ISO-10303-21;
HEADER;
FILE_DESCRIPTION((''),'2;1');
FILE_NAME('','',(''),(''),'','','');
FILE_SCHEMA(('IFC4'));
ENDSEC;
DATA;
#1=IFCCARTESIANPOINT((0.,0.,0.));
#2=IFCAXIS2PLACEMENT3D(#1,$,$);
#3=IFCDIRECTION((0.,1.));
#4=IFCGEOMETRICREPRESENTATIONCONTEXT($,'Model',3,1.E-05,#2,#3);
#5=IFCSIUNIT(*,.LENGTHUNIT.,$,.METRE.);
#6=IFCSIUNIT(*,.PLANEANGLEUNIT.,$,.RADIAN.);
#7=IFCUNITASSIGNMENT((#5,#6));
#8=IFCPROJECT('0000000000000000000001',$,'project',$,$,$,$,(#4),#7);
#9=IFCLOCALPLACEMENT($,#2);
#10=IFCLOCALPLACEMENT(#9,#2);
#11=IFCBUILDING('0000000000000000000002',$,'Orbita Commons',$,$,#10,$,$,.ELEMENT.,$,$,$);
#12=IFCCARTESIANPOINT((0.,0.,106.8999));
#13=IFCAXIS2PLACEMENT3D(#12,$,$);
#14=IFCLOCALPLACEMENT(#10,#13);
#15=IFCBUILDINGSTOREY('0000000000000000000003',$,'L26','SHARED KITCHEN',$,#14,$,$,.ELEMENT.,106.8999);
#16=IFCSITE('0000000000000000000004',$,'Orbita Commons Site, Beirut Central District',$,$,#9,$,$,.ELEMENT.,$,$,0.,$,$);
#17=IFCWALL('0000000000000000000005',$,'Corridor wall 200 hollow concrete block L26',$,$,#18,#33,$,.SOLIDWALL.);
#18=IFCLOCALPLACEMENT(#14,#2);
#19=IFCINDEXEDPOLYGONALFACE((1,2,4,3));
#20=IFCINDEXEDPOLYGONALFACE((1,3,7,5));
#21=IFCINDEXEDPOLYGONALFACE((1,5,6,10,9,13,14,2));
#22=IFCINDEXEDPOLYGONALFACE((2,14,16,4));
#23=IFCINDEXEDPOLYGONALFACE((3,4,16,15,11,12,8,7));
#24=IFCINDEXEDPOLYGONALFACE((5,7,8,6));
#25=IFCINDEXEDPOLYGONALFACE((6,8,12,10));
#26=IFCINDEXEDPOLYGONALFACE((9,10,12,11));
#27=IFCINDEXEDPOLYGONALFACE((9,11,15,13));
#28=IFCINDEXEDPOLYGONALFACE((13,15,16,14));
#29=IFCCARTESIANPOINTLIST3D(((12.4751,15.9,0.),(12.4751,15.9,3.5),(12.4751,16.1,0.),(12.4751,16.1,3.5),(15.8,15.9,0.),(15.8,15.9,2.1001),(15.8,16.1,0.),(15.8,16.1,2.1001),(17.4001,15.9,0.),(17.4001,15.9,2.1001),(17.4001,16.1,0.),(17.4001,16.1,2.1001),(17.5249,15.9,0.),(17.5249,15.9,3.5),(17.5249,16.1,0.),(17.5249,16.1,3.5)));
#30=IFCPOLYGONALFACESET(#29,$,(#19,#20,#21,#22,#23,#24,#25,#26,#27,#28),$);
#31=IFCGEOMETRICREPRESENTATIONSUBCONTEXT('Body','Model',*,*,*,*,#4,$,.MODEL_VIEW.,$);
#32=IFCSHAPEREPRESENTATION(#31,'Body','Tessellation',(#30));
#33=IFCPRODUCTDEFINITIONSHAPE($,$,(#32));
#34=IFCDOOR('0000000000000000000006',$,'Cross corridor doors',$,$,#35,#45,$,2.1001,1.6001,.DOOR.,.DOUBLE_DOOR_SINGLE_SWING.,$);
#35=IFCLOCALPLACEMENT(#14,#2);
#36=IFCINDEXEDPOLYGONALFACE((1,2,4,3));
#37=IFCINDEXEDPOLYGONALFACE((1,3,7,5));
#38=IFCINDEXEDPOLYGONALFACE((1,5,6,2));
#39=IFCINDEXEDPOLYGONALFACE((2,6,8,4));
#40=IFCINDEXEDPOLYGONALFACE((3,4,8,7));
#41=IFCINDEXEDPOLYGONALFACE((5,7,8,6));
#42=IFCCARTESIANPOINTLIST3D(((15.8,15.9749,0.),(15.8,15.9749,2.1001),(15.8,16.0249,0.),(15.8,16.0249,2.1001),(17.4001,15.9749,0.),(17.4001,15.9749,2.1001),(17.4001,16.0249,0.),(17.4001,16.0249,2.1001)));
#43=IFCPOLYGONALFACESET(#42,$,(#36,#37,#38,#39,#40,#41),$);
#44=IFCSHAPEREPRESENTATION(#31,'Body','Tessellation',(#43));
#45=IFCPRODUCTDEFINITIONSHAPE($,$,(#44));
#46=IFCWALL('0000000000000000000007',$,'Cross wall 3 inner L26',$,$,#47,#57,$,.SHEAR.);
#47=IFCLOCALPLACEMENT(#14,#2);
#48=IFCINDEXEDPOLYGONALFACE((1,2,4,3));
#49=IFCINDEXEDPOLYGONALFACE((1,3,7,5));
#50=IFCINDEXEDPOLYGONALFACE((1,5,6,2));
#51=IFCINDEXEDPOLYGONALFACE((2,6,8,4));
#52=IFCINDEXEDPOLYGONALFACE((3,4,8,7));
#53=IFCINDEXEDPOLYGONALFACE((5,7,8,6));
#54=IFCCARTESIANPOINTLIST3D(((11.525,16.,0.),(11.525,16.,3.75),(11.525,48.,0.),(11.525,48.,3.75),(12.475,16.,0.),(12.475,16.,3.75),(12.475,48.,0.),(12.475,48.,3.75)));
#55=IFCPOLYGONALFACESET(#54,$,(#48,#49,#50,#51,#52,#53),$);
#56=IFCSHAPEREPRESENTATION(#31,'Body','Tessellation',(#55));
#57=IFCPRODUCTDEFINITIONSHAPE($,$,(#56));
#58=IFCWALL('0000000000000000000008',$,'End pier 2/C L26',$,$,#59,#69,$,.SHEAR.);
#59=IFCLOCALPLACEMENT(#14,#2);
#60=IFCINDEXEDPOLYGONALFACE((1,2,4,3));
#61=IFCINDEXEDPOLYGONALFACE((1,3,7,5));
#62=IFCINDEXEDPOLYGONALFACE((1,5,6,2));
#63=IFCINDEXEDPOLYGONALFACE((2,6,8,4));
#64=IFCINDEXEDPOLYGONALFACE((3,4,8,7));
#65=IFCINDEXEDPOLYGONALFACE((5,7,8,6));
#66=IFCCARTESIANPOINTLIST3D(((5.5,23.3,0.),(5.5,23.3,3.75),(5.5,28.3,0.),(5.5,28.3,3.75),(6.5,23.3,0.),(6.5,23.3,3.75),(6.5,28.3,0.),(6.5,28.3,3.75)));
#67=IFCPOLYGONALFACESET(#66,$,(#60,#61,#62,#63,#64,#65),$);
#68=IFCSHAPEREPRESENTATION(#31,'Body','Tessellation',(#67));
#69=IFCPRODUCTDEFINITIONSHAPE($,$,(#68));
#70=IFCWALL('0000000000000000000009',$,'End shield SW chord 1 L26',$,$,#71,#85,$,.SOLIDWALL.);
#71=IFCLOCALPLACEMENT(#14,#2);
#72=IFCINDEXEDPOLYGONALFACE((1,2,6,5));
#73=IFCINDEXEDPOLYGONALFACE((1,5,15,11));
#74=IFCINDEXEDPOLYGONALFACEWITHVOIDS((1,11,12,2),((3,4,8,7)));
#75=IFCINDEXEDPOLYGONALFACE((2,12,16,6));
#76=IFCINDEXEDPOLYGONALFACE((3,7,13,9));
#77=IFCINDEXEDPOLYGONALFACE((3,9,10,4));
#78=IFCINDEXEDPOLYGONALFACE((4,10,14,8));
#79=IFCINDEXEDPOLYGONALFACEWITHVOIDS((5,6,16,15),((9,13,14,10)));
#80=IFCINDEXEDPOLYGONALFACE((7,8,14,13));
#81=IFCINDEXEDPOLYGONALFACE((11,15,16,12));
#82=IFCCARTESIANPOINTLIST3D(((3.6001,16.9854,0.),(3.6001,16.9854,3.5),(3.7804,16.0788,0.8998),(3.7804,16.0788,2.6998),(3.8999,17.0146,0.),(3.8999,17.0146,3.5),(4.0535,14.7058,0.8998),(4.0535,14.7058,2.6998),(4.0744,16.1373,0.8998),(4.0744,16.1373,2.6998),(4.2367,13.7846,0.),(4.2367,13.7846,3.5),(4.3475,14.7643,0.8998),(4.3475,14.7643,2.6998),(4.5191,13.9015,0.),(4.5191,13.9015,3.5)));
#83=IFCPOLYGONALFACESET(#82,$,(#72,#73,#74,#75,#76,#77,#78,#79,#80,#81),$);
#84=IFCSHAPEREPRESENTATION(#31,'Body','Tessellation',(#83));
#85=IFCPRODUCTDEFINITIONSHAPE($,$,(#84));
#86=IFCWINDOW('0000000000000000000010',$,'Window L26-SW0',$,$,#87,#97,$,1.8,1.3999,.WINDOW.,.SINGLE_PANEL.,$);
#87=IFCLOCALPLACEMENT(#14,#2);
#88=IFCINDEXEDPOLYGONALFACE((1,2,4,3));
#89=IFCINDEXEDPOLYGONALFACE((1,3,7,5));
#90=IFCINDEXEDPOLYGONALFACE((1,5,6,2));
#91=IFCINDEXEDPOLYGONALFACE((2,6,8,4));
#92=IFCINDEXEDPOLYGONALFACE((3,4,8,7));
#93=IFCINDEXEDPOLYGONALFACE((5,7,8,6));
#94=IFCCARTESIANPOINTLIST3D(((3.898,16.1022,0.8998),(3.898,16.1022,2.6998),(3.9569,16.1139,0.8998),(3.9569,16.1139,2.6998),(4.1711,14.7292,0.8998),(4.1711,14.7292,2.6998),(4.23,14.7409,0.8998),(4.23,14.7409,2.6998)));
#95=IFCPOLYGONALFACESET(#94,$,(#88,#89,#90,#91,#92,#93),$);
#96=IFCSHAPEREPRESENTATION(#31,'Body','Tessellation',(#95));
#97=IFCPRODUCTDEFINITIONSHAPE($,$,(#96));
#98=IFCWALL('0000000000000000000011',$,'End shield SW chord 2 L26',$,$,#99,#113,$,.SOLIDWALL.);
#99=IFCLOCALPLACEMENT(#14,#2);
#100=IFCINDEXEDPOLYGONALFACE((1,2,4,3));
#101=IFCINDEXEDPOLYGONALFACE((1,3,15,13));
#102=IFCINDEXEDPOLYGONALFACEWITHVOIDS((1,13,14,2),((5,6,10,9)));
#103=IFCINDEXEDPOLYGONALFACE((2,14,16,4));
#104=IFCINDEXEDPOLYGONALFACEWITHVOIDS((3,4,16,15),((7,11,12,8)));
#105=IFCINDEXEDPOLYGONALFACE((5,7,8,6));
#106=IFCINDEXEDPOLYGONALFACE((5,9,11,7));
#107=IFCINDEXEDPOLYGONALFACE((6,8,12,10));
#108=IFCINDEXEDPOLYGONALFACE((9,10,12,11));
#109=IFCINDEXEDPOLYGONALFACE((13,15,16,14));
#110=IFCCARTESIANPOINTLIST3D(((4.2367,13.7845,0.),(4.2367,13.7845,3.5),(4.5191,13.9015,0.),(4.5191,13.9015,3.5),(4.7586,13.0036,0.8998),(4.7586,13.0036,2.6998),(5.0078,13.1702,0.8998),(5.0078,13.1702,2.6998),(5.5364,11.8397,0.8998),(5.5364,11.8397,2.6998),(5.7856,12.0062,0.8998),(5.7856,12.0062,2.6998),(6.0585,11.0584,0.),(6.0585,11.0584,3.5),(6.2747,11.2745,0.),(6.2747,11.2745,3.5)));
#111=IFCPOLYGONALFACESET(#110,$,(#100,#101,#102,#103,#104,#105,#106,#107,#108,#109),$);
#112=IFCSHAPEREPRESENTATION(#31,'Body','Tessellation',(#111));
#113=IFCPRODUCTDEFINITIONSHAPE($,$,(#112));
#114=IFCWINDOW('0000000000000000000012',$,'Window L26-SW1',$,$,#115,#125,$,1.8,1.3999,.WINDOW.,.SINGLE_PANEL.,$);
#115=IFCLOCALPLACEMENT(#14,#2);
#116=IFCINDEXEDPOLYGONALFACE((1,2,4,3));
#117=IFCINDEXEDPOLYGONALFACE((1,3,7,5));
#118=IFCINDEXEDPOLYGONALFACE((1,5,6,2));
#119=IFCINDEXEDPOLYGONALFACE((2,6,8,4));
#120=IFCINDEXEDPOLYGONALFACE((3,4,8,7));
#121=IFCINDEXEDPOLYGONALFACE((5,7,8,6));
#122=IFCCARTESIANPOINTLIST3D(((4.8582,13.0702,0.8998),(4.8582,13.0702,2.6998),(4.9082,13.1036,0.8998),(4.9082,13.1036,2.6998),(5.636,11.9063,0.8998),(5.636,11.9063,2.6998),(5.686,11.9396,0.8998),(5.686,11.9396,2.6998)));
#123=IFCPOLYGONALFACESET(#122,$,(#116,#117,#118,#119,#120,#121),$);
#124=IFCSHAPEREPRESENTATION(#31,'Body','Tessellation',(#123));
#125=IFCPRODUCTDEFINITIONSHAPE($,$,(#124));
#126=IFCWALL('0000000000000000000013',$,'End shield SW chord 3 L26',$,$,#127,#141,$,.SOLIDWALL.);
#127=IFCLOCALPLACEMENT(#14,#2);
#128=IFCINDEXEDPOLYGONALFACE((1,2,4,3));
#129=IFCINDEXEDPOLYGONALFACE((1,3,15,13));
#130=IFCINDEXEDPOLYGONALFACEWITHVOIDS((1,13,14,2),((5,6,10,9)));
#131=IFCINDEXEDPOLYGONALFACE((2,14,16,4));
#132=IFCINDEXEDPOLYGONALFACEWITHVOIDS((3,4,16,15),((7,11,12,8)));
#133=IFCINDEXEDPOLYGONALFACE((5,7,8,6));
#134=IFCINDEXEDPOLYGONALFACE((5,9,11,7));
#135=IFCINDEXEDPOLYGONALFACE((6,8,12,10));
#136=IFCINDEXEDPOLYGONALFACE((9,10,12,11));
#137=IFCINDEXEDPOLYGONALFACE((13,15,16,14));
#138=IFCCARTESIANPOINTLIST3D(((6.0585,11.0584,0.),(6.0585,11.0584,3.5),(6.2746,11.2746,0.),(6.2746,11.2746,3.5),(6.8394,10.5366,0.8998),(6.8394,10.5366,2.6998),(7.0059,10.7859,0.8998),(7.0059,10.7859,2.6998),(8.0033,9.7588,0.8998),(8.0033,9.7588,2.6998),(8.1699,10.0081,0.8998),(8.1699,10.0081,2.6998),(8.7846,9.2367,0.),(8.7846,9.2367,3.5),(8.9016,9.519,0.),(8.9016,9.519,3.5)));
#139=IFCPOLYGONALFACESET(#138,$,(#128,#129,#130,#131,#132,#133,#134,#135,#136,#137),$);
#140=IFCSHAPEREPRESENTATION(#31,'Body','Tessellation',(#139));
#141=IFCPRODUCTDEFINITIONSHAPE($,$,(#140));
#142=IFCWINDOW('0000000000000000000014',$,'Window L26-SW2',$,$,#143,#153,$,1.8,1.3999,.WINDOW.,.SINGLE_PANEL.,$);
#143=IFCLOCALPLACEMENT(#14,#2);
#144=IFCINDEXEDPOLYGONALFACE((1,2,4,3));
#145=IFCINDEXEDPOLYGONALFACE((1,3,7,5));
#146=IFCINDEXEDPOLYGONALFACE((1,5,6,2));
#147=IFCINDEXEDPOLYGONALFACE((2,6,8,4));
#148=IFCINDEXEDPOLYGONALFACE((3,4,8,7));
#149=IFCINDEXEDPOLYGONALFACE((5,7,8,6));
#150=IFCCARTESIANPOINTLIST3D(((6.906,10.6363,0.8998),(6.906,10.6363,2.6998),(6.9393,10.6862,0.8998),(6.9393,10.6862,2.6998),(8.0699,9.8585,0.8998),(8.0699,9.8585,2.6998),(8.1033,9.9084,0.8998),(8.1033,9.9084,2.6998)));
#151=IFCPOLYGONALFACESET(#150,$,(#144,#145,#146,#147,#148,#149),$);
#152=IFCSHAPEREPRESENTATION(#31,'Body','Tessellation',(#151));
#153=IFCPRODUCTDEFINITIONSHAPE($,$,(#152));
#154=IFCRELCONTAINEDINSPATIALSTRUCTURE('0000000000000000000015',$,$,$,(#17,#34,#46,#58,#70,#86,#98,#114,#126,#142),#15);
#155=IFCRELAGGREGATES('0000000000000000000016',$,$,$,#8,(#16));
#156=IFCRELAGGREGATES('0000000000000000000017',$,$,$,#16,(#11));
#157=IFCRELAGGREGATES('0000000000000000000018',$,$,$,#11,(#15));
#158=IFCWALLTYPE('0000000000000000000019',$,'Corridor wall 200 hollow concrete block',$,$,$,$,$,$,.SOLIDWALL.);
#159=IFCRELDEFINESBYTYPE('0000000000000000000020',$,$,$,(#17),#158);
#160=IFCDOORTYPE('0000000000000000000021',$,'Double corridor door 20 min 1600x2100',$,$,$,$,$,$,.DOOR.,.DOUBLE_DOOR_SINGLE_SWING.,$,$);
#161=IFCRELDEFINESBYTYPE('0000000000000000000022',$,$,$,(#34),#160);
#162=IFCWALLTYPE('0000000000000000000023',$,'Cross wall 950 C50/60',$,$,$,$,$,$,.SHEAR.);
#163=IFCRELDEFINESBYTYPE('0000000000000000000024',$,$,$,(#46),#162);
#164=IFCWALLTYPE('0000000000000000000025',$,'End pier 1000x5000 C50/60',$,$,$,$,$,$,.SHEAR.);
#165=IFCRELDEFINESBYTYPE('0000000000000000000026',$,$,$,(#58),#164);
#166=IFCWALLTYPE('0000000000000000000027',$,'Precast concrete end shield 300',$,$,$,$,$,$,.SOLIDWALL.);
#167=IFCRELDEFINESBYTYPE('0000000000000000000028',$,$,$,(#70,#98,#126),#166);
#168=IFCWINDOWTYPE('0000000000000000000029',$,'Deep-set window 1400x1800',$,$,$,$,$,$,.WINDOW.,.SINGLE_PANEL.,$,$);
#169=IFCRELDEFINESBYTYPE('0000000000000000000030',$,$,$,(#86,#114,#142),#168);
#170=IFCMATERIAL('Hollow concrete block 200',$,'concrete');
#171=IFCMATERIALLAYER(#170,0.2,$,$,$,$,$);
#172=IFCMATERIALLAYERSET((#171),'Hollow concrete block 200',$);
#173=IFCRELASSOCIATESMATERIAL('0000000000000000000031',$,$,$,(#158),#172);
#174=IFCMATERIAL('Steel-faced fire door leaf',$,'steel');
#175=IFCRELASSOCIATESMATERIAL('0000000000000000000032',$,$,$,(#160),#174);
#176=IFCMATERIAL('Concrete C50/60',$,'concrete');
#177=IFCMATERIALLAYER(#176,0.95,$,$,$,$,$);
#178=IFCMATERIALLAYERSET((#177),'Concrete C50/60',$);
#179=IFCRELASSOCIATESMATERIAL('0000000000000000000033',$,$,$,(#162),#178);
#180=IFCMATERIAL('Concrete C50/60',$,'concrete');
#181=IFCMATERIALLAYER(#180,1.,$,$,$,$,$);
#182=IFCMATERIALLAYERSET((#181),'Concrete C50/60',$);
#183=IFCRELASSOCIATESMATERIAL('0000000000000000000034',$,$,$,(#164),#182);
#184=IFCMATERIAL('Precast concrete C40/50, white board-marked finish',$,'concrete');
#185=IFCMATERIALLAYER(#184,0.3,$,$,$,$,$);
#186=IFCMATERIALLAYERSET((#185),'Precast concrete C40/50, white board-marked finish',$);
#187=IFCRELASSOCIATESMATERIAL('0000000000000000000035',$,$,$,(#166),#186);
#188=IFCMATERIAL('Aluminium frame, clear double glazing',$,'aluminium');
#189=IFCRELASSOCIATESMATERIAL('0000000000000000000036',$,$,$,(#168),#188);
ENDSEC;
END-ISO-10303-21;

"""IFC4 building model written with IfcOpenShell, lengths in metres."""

from ifc_helpers import new_model, si_unit, direction, frame, frame_2d, origin, place, context, subcontext, project, spatial, polyline, rectangle, outline, extrude, material, layer, layer_set, type_object, element, fill, save


model = new_model("IFC4")

# Units and contexts
model_context = context("Model", 3, precision=1e-05, world=origin(), true_north=direction((0.0, 1.0)))
body_context = subcontext(model_context, "Body", "Model", "MODEL_VIEW")
ifc_project = project(units=[si_unit("LENGTHUNIT", "METRE"), si_unit("PLANEANGLEUNIT", "RADIAN")], contexts=[model_context])

# Site, building, storey
site_placement = place(None, origin())
site = spatial("IfcSite", under=ifc_project, at=site_placement, Name="Orbita Commons Site, Beirut Central District", CompositionType="ELEMENT", RefElevation=0.0)
building_placement = place(site_placement, origin())
building = spatial("IfcBuilding", under=site, at=building_placement, Name="Orbita Commons", CompositionType="ELEMENT")
storey_placement = place(building_placement, frame((0.0, 0.0, 106.8999)))
storey = spatial("IfcBuildingStorey", under=building, at=storey_placement, Name="L26", Description="SHARED KITCHEN", CompositionType="ELEMENT", Elevation=106.8999)

# Wall, opening, door
ifc_material_1 = material(Name="Hollow concrete block 200", Category="concrete")
ifc_layer_1 = layer(ifc_material_1, 0.2)
ifc_layer_set_1 = layer_set([ifc_layer_1], Name="Hollow concrete block 200")
wall_type_1 = type_object("IfcWallType", Name="Corridor wall 200 hollow concrete block", PredefinedType="SOLIDWALL", material=ifc_layer_set_1)
wall_1_placement = place(storey_placement, frame((12.4751, 16.0, 0.0), z_axis=(0.0, 0.0, 1.0), x_axis=(1.0, 0.0, 0.0)))
wall_1 = element("IfcWall", 1, at=wall_1_placement, inside=storey, type_object=wall_type_1, Name="Corridor wall 200 hollow concrete block L26", PredefinedType="SOLIDWALL", context=body_context, shape_type="SweptSolid", body=[
    extrude(rectangle(XDim=5.0498, YDim=0.2, at=frame_2d((2.5249, 0.0))), origin(), (0.0, 0.0, 1.0), 3.5),
])
opening_1_placement = place(wall_1_placement, frame((3.325, 0.0, 0.0)))
opening_1 = element("IfcOpeningElement", 2, at=opening_1_placement, cuts=wall_1, PredefinedType="OPENING", context=body_context, shape_type="SweptSolid", body=[
    extrude(rectangle(XDim=1.6001, YDim=2.1001, at=frame_2d((0.8, 1.05))), frame((0.0, 0.1099, 0.0), z_axis=(0.0, -1.0, 0.0), x_axis=(1.0, 0.0, 0.0)), (0.0, 0.0, 1.0), 0.22),
])
ifc_material_2 = material(Name="Steel-faced fire door leaf", Category="steel")
door_type_1 = type_object("IfcDoorType", Name="Double corridor door 20 min 1600x2100", OperationType="DOUBLE_DOOR_SINGLE_SWING", PredefinedType="DOOR", material=ifc_material_2)
door_1_placement = place(opening_1_placement, origin())
door_1 = element("IfcDoor", 3, at=door_1_placement, inside=storey, type_object=door_type_1, Name="Cross corridor doors", OperationType="DOUBLE_DOOR_SINGLE_SWING", OverallHeight=2.1001, OverallWidth=1.6001, PredefinedType="DOOR", context=body_context, shape_type="SweptSolid", body=[
    extrude(rectangle(XDim=1.6001, YDim=2.1001, at=frame_2d((0.8, 1.05))), frame((0.0, 0.0249, 0.0), z_axis=(0.0, -1.0, 0.0), x_axis=(1.0, 0.0, 0.0)), (0.0, 0.0, 1.0), 0.05),
])
fill(opening_1, door_1)

# Walls
ifc_material_3 = material(Name="Concrete C50/60", Category="concrete")
ifc_layer_2 = layer(ifc_material_3, 0.95)
ifc_layer_set_2 = layer_set([ifc_layer_2], Name="Concrete C50/60")
wall_type_2 = type_object("IfcWallType", Name="Cross wall 950 C50/60", PredefinedType="SHEAR", material=ifc_layer_set_2)
wall_2_placement = place(storey_placement, frame((12.0, 16.0, 0.0), z_axis=(0.0, 0.0, 1.0), x_axis=(0.0, 1.0, 0.0)))
element("IfcWall", 4, at=wall_2_placement, inside=storey, type_object=wall_type_2, Name="Cross wall 3 inner L26", PredefinedType="SHEAR", context=body_context, shape_type="SweptSolid", body=[
    extrude(rectangle(XDim=32.0, YDim=0.95, at=frame_2d((16.0, 0.0))), origin(), (0.0, 0.0, 1.0), 3.75),
])
ifc_material_4 = material(Name="Concrete C50/60", Category="concrete")
ifc_layer_3 = layer(ifc_material_4, 1.0)
ifc_layer_set_3 = layer_set([ifc_layer_3], Name="Concrete C50/60")
wall_type_3 = type_object("IfcWallType", Name="End pier 1000x5000 C50/60", PredefinedType="SHEAR", material=ifc_layer_set_3)
wall_3_placement = place(storey_placement, frame((6.0, 23.3, 0.0), z_axis=(0.0, 0.0, 1.0), x_axis=(0.0, 1.0, 0.0)))
element("IfcWall", 5, at=wall_3_placement, inside=storey, type_object=wall_type_3, Name="End pier 2/C L26", PredefinedType="SHEAR", context=body_context, shape_type="SweptSolid", body=[
    extrude(rectangle(XDim=5.0, YDim=1.0, at=frame_2d((2.5, 0.0))), origin(), (0.0, 0.0, 1.0), 3.75),
])

# Walls, openings, windows
ifc_material_5 = material(Name="Precast concrete C40/50, white board-marked finish", Category="concrete")
ifc_layer_4 = layer(ifc_material_5, 0.3)
ifc_layer_set_4 = layer_set([ifc_layer_4], Name="Precast concrete C40/50, white board-marked finish")
wall_type_4 = type_object("IfcWallType", Name="Precast concrete end shield 300", PredefinedType="SOLIDWALL", material=ifc_layer_set_4)
wall_4_placement = place(storey_placement, frame((3.75, 17.0, 0.0), z_axis=(0.0, 0.0, 1.0), x_axis=(0.19508, -0.980787, 0.0)))
wall_4 = element("IfcWall", 6, at=wall_4_placement, inside=storey, type_object=wall_type_4, Name="End shield SW chord 1 L26", PredefinedType="SOLIDWALL", context=body_context, shape_type="SweptSolid", body=[
    extrude(outline(polyline([(-0.0149, -0.1499), (3.2485, -0.1499), (3.189, 0.1499), (0.0149, 0.1499), (-0.0149, -0.1499)])), origin(), (0.0, 0.0, 1.0), 3.5),
])
opening_2_placement = place(wall_4_placement, frame((0.9094, 0.0, 0.8999)))
opening_2 = element("IfcOpeningElement", 7, at=opening_2_placement, cuts=wall_4, PredefinedType="OPENING", context=body_context, shape_type="SweptSolid", body=[
    extrude(rectangle(XDim=1.3999, YDim=1.8, at=frame_2d((0.7, 0.8999))), frame((0.0, 0.1599, 0.0), z_axis=(0.0, -1.0, 0.0), x_axis=(1.0, 0.0, 0.0)), (0.0, 0.0, 1.0), 0.3201),
])
ifc_material_6 = material(Name="Aluminium frame, clear double glazing", Category="aluminium")
window_type = type_object("IfcWindowType", Name="Deep-set window 1400x1800", PartitioningType="SINGLE_PANEL", PredefinedType="WINDOW", material=ifc_material_6)
window_1_placement = place(opening_2_placement, origin())
window_1 = element("IfcWindow", 8, at=window_1_placement, inside=storey, type_object=window_type, Name="Window L26-SW0", OverallHeight=1.8, OverallWidth=1.3999, PartitioningType="SINGLE_PANEL", PredefinedType="WINDOW", context=body_context, shape_type="SweptSolid", body=[
    extrude(rectangle(XDim=1.3999, YDim=1.8, at=frame_2d((0.7, 0.8999))), frame((0.0, 0.03, 0.0), z_axis=(0.0, -1.0, 0.0), x_axis=(1.0, 0.0, 0.0)), (0.0, 0.0, 1.0), 0.0601),
])
fill(opening_2, window_1)
wall_5_placement = place(storey_placement, frame((4.3779, 13.843, 0.0), z_axis=(0.0, 0.0, 1.0), x_axis=(0.55561, -0.831443, 0.0)))
wall_5 = element("IfcWall", 9, at=wall_5_placement, inside=storey, type_object=wall_type_4, Name="End shield SW chord 2 L26", PredefinedType="SOLIDWALL", context=body_context, shape_type="SweptSolid", body=[
    extrude(outline(polyline([(-0.0298, -0.1499), (3.249, -0.1499), (3.1895, 0.1499), (0.0298, 0.1499), (-0.0298, -0.1499)])), origin(), (0.0, 0.0, 1.0), 3.5),
])
opening_3_placement = place(wall_5_placement, frame((0.9094, 0.0, 0.8999)))
opening_3 = element("IfcOpeningElement", 10, at=opening_3_placement, cuts=wall_5, PredefinedType="OPENING", context=body_context, shape_type="SweptSolid", body=[
    extrude(rectangle(XDim=1.3999, YDim=1.8, at=frame_2d((0.7, 0.8999))), frame((0.0, 0.1599, 0.0), z_axis=(0.0, -1.0, 0.0), x_axis=(1.0, 0.0, 0.0)), (0.0, 0.0, 1.0), 0.3201),
])
window_2_placement = place(opening_3_placement, origin())
window_2 = element("IfcWindow", 11, at=window_2_placement, inside=storey, type_object=window_type, Name="Window L26-SW1", OverallHeight=1.8, OverallWidth=1.3999, PartitioningType="SINGLE_PANEL", PredefinedType="WINDOW", context=body_context, shape_type="SweptSolid", body=[
    extrude(rectangle(XDim=1.3999, YDim=1.8, at=frame_2d((0.7, 0.8999))), frame((0.0, 0.03, 0.0), z_axis=(0.0, -1.0, 0.0), x_axis=(1.0, 0.0, 0.0)), (0.0, 0.0, 1.0), 0.0601),
])
fill(opening_3, window_2)
wall_6_placement = place(storey_placement, frame((6.1665, 11.1665, 0.0), z_axis=(0.0, 0.0, 1.0), x_axis=(0.831443, -0.55561, 0.0)))
wall_6 = element("IfcWall", 12, at=wall_6_placement, inside=storey, type_object=wall_type_4, Name="End shield SW chord 3 L26", PredefinedType="SOLIDWALL", context=body_context, shape_type="SweptSolid", body=[
    extrude(outline(polyline([(-0.0298, -0.1499), (3.249, -0.1499), (3.1895, 0.1499), (0.0298, 0.1499), (-0.0298, -0.1499)])), origin(), (0.0, 0.0, 1.0), 3.5),
])
opening_4_placement = place(wall_6_placement, frame((0.9094, 0.0, 0.8999)))
opening_4 = element("IfcOpeningElement", 13, at=opening_4_placement, cuts=wall_6, PredefinedType="OPENING", context=body_context, shape_type="SweptSolid", body=[
    extrude(rectangle(XDim=1.3999, YDim=1.8, at=frame_2d((0.7, 0.8999))), frame((0.0, 0.1599, 0.0), z_axis=(0.0, -1.0, 0.0), x_axis=(1.0, 0.0, 0.0)), (0.0, 0.0, 1.0), 0.3201),
])
window_3_placement = place(opening_4_placement, origin())
window_3 = element("IfcWindow", 14, at=window_3_placement, inside=storey, type_object=window_type, Name="Window L26-SW2", OverallHeight=1.8, OverallWidth=1.3999, PartitioningType="SINGLE_PANEL", PredefinedType="WINDOW", context=body_context, shape_type="SweptSolid", body=[
    extrude(rectangle(XDim=1.3999, YDim=1.8, at=frame_2d((0.7, 0.8999))), frame((0.0, 0.03, 0.0), z_axis=(0.0, -1.0, 0.0), x_axis=(1.0, 0.0, 0.0)), (0.0, 0.0, 1.0), 0.0601),
])
fill(opening_4, window_3)

save(model, "model.ifc")
